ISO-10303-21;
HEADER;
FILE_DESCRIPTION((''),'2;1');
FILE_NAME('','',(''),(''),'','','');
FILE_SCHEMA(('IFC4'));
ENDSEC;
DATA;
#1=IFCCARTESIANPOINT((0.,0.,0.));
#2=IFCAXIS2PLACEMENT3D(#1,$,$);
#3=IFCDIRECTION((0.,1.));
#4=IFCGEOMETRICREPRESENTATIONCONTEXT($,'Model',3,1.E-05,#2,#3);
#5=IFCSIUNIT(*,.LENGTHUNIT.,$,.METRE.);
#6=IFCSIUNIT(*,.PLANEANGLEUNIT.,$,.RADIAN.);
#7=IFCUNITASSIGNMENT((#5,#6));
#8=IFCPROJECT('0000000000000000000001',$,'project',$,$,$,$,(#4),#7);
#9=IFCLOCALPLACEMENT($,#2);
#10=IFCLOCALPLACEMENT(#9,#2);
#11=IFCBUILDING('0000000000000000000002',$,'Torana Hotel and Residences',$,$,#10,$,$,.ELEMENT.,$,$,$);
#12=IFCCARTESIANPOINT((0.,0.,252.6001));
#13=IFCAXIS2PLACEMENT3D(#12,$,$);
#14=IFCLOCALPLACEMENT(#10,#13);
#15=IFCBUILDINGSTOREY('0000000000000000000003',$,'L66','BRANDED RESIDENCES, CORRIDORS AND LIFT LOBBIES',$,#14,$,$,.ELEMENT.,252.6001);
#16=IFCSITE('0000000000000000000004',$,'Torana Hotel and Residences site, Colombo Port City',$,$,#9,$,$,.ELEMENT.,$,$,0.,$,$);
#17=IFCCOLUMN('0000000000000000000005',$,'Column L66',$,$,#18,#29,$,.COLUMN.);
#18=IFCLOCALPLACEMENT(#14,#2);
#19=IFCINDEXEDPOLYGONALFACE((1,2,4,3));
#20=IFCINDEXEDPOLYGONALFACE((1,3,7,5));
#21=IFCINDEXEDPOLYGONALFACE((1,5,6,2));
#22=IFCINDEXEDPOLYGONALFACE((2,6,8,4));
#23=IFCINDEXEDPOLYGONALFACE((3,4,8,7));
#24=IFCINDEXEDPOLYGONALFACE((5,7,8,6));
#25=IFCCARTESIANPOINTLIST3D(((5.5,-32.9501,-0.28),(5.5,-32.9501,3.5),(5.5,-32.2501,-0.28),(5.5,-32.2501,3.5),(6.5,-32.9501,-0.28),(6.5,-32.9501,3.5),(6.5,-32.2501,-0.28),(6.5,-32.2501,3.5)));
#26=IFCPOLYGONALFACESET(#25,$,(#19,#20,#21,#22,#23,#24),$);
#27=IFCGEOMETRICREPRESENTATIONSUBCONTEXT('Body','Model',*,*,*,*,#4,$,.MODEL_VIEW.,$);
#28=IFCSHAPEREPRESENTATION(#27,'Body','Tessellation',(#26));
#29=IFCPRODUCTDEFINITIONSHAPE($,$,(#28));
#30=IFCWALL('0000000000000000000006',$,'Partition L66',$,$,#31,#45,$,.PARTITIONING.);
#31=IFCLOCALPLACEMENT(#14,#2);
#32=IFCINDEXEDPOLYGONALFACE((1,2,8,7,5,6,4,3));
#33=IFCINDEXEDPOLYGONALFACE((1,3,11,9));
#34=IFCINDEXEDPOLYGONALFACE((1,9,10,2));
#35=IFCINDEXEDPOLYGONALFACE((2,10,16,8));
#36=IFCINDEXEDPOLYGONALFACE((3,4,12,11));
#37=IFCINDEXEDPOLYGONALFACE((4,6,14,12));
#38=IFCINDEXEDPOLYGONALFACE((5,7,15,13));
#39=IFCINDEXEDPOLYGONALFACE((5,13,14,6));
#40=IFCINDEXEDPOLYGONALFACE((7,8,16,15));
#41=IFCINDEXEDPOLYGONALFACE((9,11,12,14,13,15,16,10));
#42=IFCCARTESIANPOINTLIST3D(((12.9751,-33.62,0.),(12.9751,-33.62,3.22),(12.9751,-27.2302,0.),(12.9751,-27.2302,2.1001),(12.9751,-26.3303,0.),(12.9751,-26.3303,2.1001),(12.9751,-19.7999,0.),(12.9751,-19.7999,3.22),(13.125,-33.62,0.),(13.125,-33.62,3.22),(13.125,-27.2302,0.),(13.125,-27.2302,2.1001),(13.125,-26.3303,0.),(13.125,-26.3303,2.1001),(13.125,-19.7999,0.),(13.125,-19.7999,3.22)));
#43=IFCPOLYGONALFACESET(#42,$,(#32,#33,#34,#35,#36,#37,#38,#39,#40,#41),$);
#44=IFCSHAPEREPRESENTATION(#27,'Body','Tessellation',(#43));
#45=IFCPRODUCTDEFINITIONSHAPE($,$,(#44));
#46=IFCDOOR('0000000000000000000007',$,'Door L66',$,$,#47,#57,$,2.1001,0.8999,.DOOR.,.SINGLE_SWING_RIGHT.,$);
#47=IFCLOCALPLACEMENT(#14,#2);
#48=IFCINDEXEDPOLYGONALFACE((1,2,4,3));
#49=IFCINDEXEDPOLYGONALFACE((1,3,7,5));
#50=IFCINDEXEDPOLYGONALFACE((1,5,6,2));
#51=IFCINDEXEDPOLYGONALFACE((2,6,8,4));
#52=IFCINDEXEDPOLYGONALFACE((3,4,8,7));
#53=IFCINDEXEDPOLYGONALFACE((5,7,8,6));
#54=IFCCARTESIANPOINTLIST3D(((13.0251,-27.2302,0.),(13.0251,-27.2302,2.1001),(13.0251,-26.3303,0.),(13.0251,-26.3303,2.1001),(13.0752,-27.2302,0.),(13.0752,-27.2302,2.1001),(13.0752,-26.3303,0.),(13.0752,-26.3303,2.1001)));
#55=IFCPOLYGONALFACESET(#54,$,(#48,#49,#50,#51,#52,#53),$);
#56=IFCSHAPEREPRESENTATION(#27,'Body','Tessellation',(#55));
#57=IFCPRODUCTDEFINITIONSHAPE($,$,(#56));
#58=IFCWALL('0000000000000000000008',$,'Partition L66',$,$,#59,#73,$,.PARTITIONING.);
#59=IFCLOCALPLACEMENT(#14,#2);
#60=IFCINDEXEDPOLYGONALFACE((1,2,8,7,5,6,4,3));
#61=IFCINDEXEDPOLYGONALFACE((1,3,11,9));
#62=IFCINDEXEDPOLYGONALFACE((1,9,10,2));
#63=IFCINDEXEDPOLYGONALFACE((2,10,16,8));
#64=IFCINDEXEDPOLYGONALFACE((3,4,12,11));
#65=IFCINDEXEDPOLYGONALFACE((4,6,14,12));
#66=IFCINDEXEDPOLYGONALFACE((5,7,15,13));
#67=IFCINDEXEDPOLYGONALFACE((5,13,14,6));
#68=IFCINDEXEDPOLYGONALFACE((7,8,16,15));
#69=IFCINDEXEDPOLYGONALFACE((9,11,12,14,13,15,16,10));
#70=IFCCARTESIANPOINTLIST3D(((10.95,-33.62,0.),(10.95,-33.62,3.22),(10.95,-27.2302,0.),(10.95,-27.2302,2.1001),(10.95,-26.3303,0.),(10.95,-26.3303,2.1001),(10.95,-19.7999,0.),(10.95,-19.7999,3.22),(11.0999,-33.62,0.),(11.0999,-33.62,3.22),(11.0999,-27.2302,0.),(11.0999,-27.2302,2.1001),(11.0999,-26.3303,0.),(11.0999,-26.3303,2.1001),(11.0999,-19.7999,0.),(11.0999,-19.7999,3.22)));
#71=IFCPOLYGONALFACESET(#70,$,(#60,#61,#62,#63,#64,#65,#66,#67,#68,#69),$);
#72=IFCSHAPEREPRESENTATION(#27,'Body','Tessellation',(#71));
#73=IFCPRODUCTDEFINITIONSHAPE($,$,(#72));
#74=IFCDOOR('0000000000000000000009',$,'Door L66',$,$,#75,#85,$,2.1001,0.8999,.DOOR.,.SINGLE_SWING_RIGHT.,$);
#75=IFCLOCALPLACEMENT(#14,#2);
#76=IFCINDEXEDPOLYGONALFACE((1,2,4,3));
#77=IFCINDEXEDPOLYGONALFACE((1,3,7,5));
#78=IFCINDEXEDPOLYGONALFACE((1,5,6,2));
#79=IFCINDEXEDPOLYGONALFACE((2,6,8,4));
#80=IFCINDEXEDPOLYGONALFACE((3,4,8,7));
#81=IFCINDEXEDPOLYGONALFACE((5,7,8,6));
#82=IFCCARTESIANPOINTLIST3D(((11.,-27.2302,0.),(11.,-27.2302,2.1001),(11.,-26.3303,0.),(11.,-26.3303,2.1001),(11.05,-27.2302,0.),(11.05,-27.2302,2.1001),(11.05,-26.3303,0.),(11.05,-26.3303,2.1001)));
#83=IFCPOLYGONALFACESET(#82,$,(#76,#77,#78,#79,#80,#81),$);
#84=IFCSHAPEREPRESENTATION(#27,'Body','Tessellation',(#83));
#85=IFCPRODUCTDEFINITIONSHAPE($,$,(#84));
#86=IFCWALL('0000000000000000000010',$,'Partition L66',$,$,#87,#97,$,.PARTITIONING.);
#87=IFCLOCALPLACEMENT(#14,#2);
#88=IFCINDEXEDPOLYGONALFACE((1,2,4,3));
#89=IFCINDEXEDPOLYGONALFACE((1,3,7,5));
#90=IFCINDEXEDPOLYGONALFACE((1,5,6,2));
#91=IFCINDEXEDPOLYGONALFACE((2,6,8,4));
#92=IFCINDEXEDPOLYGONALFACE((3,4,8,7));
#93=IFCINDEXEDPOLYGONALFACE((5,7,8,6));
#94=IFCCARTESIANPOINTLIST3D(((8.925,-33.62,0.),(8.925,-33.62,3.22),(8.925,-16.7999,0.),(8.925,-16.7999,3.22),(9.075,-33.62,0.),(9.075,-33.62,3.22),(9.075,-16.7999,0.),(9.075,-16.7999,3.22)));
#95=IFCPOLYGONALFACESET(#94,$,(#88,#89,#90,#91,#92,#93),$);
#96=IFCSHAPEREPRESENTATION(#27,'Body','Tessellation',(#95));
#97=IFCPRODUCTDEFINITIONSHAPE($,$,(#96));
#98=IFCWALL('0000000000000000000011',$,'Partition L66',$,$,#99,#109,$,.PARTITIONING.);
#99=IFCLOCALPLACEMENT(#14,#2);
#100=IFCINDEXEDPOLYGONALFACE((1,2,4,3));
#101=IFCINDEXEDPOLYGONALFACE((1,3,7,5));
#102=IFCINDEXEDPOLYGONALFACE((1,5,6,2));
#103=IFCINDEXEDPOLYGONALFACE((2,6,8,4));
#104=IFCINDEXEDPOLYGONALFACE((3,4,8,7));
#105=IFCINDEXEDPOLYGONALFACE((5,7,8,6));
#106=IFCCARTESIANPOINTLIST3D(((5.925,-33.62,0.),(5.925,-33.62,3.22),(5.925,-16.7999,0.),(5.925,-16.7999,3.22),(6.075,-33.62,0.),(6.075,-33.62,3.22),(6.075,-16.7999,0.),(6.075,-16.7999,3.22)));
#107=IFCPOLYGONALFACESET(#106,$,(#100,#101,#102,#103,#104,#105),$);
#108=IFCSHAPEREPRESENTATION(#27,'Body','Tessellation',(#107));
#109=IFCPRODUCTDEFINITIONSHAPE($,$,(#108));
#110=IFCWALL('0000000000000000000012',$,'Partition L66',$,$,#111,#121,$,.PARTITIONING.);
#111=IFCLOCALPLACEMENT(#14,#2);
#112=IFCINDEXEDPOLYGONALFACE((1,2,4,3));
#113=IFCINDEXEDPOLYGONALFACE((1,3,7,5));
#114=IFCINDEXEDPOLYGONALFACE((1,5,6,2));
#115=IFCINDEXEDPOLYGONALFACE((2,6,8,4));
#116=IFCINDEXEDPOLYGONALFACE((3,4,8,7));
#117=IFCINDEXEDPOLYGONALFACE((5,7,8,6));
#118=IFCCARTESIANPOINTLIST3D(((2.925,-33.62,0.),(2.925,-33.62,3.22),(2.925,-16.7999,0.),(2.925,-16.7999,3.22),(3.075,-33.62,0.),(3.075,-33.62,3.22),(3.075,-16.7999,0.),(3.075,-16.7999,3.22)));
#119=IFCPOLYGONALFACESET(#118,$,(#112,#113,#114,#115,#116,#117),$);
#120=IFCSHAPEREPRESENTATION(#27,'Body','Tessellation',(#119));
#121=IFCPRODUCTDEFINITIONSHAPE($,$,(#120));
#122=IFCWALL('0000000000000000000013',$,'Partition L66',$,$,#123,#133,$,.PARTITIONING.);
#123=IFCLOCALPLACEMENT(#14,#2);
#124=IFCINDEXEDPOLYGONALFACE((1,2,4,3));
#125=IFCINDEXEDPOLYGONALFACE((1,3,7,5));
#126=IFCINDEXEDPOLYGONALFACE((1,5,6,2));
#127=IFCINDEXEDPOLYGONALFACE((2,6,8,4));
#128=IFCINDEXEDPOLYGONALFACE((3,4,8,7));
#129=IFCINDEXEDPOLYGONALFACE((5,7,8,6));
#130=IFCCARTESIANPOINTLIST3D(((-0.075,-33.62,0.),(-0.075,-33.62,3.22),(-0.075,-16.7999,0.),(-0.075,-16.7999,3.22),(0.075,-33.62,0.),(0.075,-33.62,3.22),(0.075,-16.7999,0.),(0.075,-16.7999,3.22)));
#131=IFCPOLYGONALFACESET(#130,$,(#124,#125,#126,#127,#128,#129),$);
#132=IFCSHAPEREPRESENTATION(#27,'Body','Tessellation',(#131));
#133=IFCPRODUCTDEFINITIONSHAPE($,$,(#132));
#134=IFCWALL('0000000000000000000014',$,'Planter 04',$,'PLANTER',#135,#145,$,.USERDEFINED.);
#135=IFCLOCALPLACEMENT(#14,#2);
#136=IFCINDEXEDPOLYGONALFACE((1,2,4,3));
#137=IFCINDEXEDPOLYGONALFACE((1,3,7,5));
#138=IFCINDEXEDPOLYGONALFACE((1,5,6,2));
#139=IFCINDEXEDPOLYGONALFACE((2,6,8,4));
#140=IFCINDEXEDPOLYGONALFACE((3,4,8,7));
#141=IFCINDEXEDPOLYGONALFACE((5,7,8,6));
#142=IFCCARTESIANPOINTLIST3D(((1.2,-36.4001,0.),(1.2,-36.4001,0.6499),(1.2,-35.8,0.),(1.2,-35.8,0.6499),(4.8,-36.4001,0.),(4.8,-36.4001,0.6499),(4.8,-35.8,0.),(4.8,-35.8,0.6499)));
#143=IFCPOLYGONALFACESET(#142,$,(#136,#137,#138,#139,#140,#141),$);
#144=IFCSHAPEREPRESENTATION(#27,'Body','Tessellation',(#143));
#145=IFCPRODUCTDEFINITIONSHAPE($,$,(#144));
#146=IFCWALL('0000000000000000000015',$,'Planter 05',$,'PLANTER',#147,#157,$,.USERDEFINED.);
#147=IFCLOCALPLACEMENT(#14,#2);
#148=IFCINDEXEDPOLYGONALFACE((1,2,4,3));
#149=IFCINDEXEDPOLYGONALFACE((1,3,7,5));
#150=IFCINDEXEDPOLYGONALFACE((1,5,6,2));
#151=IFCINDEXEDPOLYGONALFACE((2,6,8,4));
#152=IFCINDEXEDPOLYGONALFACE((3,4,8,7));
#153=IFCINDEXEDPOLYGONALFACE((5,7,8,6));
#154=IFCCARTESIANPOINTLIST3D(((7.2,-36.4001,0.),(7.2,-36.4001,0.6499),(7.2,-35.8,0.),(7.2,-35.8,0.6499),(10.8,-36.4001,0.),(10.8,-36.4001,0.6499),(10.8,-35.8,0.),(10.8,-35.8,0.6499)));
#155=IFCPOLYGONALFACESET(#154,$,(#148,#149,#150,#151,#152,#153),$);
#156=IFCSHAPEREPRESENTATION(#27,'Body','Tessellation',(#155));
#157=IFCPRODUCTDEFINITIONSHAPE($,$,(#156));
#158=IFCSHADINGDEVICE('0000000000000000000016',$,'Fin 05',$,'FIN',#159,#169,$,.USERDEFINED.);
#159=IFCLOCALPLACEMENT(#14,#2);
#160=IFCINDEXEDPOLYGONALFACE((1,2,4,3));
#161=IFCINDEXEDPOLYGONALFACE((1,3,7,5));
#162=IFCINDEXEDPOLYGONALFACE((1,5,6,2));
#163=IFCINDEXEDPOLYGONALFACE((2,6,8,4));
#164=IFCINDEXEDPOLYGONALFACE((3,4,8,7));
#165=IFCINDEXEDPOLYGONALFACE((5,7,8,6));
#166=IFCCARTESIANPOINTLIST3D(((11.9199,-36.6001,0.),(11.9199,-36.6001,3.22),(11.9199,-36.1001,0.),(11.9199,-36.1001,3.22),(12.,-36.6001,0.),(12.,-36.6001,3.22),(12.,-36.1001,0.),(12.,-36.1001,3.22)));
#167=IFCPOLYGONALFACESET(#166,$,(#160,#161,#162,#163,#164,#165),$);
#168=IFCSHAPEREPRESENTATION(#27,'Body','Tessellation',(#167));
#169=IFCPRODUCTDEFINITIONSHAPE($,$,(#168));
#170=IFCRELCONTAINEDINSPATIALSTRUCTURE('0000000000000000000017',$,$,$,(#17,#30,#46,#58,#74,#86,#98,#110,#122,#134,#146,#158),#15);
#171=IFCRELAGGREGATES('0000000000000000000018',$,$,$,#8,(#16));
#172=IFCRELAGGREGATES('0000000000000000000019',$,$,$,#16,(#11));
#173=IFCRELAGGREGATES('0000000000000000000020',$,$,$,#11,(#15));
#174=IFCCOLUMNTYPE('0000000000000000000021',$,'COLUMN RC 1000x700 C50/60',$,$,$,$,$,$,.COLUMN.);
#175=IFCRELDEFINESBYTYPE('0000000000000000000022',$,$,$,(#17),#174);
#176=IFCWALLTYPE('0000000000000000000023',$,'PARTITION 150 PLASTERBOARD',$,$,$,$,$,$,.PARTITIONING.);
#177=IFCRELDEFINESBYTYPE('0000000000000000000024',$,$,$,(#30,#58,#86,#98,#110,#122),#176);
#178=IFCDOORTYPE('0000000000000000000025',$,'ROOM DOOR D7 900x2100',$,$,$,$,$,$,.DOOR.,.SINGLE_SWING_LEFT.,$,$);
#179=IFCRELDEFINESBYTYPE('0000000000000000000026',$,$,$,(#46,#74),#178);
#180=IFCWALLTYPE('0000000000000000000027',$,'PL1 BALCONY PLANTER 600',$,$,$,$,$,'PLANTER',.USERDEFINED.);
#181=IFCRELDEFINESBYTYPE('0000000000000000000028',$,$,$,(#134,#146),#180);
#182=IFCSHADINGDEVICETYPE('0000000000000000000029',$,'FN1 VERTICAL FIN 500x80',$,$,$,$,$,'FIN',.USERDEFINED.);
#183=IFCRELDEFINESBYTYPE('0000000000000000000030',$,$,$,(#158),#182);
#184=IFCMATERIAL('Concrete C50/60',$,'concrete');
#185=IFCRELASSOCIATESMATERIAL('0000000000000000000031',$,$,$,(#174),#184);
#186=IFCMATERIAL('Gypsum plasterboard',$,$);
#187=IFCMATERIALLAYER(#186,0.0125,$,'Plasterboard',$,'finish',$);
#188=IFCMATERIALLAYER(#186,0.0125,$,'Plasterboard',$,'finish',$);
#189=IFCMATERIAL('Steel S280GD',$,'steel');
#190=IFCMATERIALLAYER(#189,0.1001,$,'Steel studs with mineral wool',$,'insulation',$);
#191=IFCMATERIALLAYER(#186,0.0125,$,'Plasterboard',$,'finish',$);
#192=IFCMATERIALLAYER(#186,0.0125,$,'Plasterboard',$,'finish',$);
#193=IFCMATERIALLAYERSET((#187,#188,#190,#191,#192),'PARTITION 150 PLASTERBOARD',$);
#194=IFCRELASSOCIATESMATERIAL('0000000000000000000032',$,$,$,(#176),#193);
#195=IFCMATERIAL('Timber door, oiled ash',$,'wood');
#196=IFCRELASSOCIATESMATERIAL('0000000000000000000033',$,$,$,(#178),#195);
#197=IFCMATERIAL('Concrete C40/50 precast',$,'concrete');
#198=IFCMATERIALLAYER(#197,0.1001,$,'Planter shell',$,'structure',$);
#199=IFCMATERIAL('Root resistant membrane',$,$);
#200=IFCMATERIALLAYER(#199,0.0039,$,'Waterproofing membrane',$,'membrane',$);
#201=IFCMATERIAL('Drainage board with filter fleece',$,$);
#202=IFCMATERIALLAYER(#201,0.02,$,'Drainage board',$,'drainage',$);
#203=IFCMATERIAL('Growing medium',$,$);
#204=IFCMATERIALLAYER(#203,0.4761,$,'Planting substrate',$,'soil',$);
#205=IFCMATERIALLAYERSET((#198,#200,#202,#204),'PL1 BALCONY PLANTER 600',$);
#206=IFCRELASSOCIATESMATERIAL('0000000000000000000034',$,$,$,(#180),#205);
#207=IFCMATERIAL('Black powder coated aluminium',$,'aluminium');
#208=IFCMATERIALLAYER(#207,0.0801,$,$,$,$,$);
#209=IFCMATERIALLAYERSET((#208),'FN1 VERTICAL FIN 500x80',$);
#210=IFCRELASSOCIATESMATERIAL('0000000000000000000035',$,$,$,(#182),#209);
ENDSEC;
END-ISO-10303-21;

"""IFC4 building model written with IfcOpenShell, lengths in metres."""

from ifc_helpers import new_model, si_unit, direction, frame, frame_2d, origin, origin_2d, place, context, subcontext, project, spatial, rectangle, extrude, material, layer, layer_set, material_profile, profile_set, type_object, element, fill, save


model = new_model("IFC4")

# Units and contexts
model_context = context("Model", 3, precision=1e-05, world=origin(), true_north=direction((0.0, 1.0)))
body_context = subcontext(model_context, "Body", "Model", "MODEL_VIEW")
ifc_project = project(units=[si_unit("LENGTHUNIT", "METRE"), si_unit("PLANEANGLEUNIT", "RADIAN")], contexts=[model_context])

# Site, building, storey
site_placement = place(None, origin())
site = spatial("IfcSite", under=ifc_project, at=site_placement, Name="Torana Hotel and Residences site, Colombo Port City", CompositionType="ELEMENT", RefElevation=0.0)
building_placement = place(site_placement, origin())
building = spatial("IfcBuilding", under=site, at=building_placement, Name="Torana Hotel and Residences", CompositionType="ELEMENT")
storey_placement = place(building_placement, frame((0.0, 0.0, 252.6001)))
storey = spatial("IfcBuildingStorey", under=building, at=storey_placement, Name="L66", Description="BRANDED RESIDENCES, CORRIDORS AND LIFT LOBBIES", CompositionType="ELEMENT", Elevation=252.6001)

# Column
ifc_material_1 = material(Name="Concrete C50/60", Category="concrete")
ifc_material_profile = material_profile(ifc_material_1, rectangle(XDim=1.0, YDim=0.7, at=origin_2d()), Name="RC 1000x700")
ifc_profile_set = profile_set([ifc_material_profile], Name="Concrete C50/60")
column_type = type_object("IfcColumnType", Name="COLUMN RC 1000x700 C50/60", PredefinedType="COLUMN", material=ifc_profile_set)
column_placement = place(storey_placement, frame((6.0, -32.6001, -0.28), z_axis=(0.0, 0.0, 1.0), x_axis=(1.0, 0.0, 0.0)))
element("IfcColumn", 1, at=column_placement, inside=storey, type_object=column_type, Name="Column L66", PredefinedType="COLUMN", context=body_context, shape_type="SweptSolid", body=[
    extrude(rectangle(XDim=1.0, YDim=0.7, at=origin_2d()), origin(), (0.0, 0.0, 1.0), 3.78),
])

# Walls, openings, doors
ifc_material_2 = material(Name="Gypsum plasterboard")
ifc_layer_1 = layer(ifc_material_2, 0.0125, Name="Plasterboard", Category="finish")
ifc_layer_2 = layer(ifc_material_2, 0.0125, Name="Plasterboard", Category="finish")
ifc_material_3 = material(Name="Steel S280GD", Category="steel")
ifc_layer_3 = layer(ifc_material_3, 0.1001, Name="Steel studs with mineral wool", Category="insulation")
ifc_layer_4 = layer(ifc_material_2, 0.0125, Name="Plasterboard", Category="finish")
ifc_layer_5 = layer(ifc_material_2, 0.0125, Name="Plasterboard", Category="finish")
ifc_layer_set_1 = layer_set([ifc_layer_1, ifc_layer_2, ifc_layer_3, ifc_layer_4, ifc_layer_5], Name="PARTITION 150 PLASTERBOARD")
wall_type_1 = type_object("IfcWallType", Name="PARTITION 150 PLASTERBOARD", PredefinedType="PARTITIONING", material=ifc_layer_set_1)
wall_1_placement = place(storey_placement, frame((13.05, -33.6201, 0.0), z_axis=(0.0, 0.0, 1.0), x_axis=(0.0, 1.0, 0.0)))
wall_1 = element("IfcWall", 2, at=wall_1_placement, inside=storey, type_object=wall_type_1, Name="Partition L66", PredefinedType="PARTITIONING", context=body_context, shape_type="SweptSolid", body=[
    extrude(rectangle(XDim=13.8201, YDim=0.1499, at=frame_2d((6.9102, 0.0))), origin(), (0.0, 0.0, 1.0), 3.22),
])
opening_1_placement = place(wall_1_placement, frame((6.3899, 0.0, 0.0)))
opening_1 = element("IfcOpeningElement", 3, at=opening_1_placement, cuts=wall_1, PredefinedType="OPENING", context=body_context, shape_type="SweptSolid", body=[
    extrude(rectangle(XDim=0.8999, YDim=2.1001, at=frame_2d((0.45, 1.05))), frame((0.0, 0.085, 0.0), z_axis=(0.0, -1.0, 0.0), x_axis=(1.0, 0.0, 0.0)), (0.0, 0.0, 1.0), 0.1699),
])
ifc_material_4 = material(Name="Timber door, oiled ash", Category="wood")
door_type = type_object("IfcDoorType", Name="ROOM DOOR D7 900x2100", OperationType="SINGLE_SWING_LEFT", PredefinedType="DOOR", material=ifc_material_4)
door_1_placement = place(opening_1_placement, origin())
door_1 = element("IfcDoor", 4, at=door_1_placement, inside=storey, type_object=door_type, Name="Door L66", OperationType="SINGLE_SWING_RIGHT", OverallHeight=2.1001, OverallWidth=0.8999, PredefinedType="DOOR", context=body_context, shape_type="SweptSolid", body=[
    extrude(rectangle(XDim=0.8999, YDim=2.1001, at=frame_2d((0.45, 1.05))), frame((0.0, 0.0249, 0.0), z_axis=(0.0, -1.0, 0.0), x_axis=(1.0, 0.0, 0.0)), (0.0, 0.0, 1.0), 0.05),
])
fill(opening_1, door_1)
wall_2_placement = place(storey_placement, frame((11.0249, -33.6201, 0.0), z_axis=(0.0, 0.0, 1.0), x_axis=(0.0, 1.0, 0.0)))
wall_2 = element("IfcWall", 5, at=wall_2_placement, inside=storey, type_object=wall_type_1, Name="Partition L66", PredefinedType="PARTITIONING", context=body_context, shape_type="SweptSolid", body=[
    extrude(rectangle(XDim=13.8201, YDim=0.1499, at=frame_2d((6.9102, 0.0))), origin(), (0.0, 0.0, 1.0), 3.22),
])
opening_2_placement = place(wall_2_placement, frame((6.3899, 0.0, 0.0)))
opening_2 = element("IfcOpeningElement", 6, at=opening_2_placement, cuts=wall_2, PredefinedType="OPENING", context=body_context, shape_type="SweptSolid", body=[
    extrude(rectangle(XDim=0.8999, YDim=2.1001, at=frame_2d((0.45, 1.05))), frame((0.0, 0.085, 0.0), z_axis=(0.0, -1.0, 0.0), x_axis=(1.0, 0.0, 0.0)), (0.0, 0.0, 1.0), 0.1699),
])
door_2_placement = place(opening_2_placement, origin())
door_2 = element("IfcDoor", 7, at=door_2_placement, inside=storey, type_object=door_type, Name="Door L66", OperationType="SINGLE_SWING_RIGHT", OverallHeight=2.1001, OverallWidth=0.8999, PredefinedType="DOOR", context=body_context, shape_type="SweptSolid", body=[
    extrude(rectangle(XDim=0.8999, YDim=2.1001, at=frame_2d((0.45, 1.05))), frame((0.0, 0.0249, 0.0), z_axis=(0.0, -1.0, 0.0), x_axis=(1.0, 0.0, 0.0)), (0.0, 0.0, 1.0), 0.05),
])
fill(opening_2, door_2)

# Walls
for number, where, z_axis, x_axis, name in (
    (8, (9.0, -33.6201, 0.0), (0.0, 0.0, 1.0), (0.0, 1.0, 0.0), "Partition L66"),
    (9, (6.0, -33.6201, 0.0), (0.0, 0.0, 1.0), (0.0, 1.0, 0.0), "Partition L66"),
    (10, (3.0, -33.6201, 0.0), (0.0, 0.0, 1.0), (0.0, 1.0, 0.0), "Partition L66"),
    (11, (0.0, -33.6201, 0.0), (0.0, 0.0, 1.0), (0.0, 1.0, 0.0), "Partition L66"),
):
    element("IfcWall", number, at=place(storey_placement, frame(where, z_axis=z_axis, x_axis=x_axis)), inside=storey, type_object=wall_type_1, Name=name, PredefinedType="PARTITIONING", context=body_context, shape_type="SweptSolid", body=[
        extrude(rectangle(XDim=16.8201, YDim=0.1499, at=frame_2d((8.4102, 0.0))), origin(), (0.0, 0.0, 1.0), 3.22),
    ])
ifc_material_5 = material(Name="Concrete C40/50 precast", Category="concrete")
ifc_layer_6 = layer(ifc_material_5, 0.1001, Name="Planter shell", Category="structure")
ifc_material_6 = material(Name="Root resistant membrane")
ifc_layer_7 = layer(ifc_material_6, 0.0039, Name="Waterproofing membrane", Category="membrane")
ifc_material_7 = material(Name="Drainage board with filter fleece")
ifc_layer_8 = layer(ifc_material_7, 0.02, Name="Drainage board", Category="drainage")
ifc_material_8 = material(Name="Growing medium")
ifc_layer_9 = layer(ifc_material_8, 0.4761, Name="Planting substrate", Category="soil")
ifc_layer_set_2 = layer_set([ifc_layer_6, ifc_layer_7, ifc_layer_8, ifc_layer_9], Name="PL1 BALCONY PLANTER 600")
wall_type_2 = type_object("IfcWallType", Name="PL1 BALCONY PLANTER 600", ElementType="PLANTER", PredefinedType="USERDEFINED", material=ifc_layer_set_2)
for number, where, z_axis, x_axis, name in (
    (12, (4.8, -36.1001, 0.0), (0.0, 0.0, 1.0), (-1.0, 0.0, 0.0), "Planter 04"),
    (13, (10.8, -36.1001, 0.0), (0.0, 0.0, 1.0), (-1.0, 0.0, 0.0), "Planter 05"),
):
    element("IfcWall", number, at=place(storey_placement, frame(where, z_axis=z_axis, x_axis=x_axis)), inside=storey, type_object=wall_type_2, Name=name, ObjectType="PLANTER", PredefinedType="USERDEFINED", context=body_context, shape_type="SweptSolid", body=[
        extrude(rectangle(XDim=3.6001, YDim=0.6001, at=frame_2d((1.8, 0.0))), origin(), (0.0, 0.0, 1.0), 0.6499),
    ])

# Shading device
ifc_material_9 = material(Name="Black powder coated aluminium", Category="aluminium")
ifc_layer_10 = layer(ifc_material_9, 0.0801)
ifc_layer_set_3 = layer_set([ifc_layer_10], Name="FN1 VERTICAL FIN 500x80")
shading_device_type = type_object("IfcShadingDeviceType", Name="FN1 VERTICAL FIN 500x80", ElementType="FIN", PredefinedType="USERDEFINED", material=ifc_layer_set_3)
shading_device_placement = place(storey_placement, frame((11.96, -36.3501, 0.0), z_axis=(0.0, 0.0, 1.0), x_axis=(-1.0, 0.0, 0.0)))
element("IfcShadingDevice", 14, at=shading_device_placement, inside=storey, type_object=shading_device_type, Name="Fin 05", ObjectType="FIN", PredefinedType="USERDEFINED", context=body_context, shape_type="SweptSolid", body=[
    extrude(rectangle(XDim=0.0801, YDim=0.5, at=origin_2d()), origin(), (0.0, 0.0, 1.0), 3.22),
])

save(model, "model.ifc")
